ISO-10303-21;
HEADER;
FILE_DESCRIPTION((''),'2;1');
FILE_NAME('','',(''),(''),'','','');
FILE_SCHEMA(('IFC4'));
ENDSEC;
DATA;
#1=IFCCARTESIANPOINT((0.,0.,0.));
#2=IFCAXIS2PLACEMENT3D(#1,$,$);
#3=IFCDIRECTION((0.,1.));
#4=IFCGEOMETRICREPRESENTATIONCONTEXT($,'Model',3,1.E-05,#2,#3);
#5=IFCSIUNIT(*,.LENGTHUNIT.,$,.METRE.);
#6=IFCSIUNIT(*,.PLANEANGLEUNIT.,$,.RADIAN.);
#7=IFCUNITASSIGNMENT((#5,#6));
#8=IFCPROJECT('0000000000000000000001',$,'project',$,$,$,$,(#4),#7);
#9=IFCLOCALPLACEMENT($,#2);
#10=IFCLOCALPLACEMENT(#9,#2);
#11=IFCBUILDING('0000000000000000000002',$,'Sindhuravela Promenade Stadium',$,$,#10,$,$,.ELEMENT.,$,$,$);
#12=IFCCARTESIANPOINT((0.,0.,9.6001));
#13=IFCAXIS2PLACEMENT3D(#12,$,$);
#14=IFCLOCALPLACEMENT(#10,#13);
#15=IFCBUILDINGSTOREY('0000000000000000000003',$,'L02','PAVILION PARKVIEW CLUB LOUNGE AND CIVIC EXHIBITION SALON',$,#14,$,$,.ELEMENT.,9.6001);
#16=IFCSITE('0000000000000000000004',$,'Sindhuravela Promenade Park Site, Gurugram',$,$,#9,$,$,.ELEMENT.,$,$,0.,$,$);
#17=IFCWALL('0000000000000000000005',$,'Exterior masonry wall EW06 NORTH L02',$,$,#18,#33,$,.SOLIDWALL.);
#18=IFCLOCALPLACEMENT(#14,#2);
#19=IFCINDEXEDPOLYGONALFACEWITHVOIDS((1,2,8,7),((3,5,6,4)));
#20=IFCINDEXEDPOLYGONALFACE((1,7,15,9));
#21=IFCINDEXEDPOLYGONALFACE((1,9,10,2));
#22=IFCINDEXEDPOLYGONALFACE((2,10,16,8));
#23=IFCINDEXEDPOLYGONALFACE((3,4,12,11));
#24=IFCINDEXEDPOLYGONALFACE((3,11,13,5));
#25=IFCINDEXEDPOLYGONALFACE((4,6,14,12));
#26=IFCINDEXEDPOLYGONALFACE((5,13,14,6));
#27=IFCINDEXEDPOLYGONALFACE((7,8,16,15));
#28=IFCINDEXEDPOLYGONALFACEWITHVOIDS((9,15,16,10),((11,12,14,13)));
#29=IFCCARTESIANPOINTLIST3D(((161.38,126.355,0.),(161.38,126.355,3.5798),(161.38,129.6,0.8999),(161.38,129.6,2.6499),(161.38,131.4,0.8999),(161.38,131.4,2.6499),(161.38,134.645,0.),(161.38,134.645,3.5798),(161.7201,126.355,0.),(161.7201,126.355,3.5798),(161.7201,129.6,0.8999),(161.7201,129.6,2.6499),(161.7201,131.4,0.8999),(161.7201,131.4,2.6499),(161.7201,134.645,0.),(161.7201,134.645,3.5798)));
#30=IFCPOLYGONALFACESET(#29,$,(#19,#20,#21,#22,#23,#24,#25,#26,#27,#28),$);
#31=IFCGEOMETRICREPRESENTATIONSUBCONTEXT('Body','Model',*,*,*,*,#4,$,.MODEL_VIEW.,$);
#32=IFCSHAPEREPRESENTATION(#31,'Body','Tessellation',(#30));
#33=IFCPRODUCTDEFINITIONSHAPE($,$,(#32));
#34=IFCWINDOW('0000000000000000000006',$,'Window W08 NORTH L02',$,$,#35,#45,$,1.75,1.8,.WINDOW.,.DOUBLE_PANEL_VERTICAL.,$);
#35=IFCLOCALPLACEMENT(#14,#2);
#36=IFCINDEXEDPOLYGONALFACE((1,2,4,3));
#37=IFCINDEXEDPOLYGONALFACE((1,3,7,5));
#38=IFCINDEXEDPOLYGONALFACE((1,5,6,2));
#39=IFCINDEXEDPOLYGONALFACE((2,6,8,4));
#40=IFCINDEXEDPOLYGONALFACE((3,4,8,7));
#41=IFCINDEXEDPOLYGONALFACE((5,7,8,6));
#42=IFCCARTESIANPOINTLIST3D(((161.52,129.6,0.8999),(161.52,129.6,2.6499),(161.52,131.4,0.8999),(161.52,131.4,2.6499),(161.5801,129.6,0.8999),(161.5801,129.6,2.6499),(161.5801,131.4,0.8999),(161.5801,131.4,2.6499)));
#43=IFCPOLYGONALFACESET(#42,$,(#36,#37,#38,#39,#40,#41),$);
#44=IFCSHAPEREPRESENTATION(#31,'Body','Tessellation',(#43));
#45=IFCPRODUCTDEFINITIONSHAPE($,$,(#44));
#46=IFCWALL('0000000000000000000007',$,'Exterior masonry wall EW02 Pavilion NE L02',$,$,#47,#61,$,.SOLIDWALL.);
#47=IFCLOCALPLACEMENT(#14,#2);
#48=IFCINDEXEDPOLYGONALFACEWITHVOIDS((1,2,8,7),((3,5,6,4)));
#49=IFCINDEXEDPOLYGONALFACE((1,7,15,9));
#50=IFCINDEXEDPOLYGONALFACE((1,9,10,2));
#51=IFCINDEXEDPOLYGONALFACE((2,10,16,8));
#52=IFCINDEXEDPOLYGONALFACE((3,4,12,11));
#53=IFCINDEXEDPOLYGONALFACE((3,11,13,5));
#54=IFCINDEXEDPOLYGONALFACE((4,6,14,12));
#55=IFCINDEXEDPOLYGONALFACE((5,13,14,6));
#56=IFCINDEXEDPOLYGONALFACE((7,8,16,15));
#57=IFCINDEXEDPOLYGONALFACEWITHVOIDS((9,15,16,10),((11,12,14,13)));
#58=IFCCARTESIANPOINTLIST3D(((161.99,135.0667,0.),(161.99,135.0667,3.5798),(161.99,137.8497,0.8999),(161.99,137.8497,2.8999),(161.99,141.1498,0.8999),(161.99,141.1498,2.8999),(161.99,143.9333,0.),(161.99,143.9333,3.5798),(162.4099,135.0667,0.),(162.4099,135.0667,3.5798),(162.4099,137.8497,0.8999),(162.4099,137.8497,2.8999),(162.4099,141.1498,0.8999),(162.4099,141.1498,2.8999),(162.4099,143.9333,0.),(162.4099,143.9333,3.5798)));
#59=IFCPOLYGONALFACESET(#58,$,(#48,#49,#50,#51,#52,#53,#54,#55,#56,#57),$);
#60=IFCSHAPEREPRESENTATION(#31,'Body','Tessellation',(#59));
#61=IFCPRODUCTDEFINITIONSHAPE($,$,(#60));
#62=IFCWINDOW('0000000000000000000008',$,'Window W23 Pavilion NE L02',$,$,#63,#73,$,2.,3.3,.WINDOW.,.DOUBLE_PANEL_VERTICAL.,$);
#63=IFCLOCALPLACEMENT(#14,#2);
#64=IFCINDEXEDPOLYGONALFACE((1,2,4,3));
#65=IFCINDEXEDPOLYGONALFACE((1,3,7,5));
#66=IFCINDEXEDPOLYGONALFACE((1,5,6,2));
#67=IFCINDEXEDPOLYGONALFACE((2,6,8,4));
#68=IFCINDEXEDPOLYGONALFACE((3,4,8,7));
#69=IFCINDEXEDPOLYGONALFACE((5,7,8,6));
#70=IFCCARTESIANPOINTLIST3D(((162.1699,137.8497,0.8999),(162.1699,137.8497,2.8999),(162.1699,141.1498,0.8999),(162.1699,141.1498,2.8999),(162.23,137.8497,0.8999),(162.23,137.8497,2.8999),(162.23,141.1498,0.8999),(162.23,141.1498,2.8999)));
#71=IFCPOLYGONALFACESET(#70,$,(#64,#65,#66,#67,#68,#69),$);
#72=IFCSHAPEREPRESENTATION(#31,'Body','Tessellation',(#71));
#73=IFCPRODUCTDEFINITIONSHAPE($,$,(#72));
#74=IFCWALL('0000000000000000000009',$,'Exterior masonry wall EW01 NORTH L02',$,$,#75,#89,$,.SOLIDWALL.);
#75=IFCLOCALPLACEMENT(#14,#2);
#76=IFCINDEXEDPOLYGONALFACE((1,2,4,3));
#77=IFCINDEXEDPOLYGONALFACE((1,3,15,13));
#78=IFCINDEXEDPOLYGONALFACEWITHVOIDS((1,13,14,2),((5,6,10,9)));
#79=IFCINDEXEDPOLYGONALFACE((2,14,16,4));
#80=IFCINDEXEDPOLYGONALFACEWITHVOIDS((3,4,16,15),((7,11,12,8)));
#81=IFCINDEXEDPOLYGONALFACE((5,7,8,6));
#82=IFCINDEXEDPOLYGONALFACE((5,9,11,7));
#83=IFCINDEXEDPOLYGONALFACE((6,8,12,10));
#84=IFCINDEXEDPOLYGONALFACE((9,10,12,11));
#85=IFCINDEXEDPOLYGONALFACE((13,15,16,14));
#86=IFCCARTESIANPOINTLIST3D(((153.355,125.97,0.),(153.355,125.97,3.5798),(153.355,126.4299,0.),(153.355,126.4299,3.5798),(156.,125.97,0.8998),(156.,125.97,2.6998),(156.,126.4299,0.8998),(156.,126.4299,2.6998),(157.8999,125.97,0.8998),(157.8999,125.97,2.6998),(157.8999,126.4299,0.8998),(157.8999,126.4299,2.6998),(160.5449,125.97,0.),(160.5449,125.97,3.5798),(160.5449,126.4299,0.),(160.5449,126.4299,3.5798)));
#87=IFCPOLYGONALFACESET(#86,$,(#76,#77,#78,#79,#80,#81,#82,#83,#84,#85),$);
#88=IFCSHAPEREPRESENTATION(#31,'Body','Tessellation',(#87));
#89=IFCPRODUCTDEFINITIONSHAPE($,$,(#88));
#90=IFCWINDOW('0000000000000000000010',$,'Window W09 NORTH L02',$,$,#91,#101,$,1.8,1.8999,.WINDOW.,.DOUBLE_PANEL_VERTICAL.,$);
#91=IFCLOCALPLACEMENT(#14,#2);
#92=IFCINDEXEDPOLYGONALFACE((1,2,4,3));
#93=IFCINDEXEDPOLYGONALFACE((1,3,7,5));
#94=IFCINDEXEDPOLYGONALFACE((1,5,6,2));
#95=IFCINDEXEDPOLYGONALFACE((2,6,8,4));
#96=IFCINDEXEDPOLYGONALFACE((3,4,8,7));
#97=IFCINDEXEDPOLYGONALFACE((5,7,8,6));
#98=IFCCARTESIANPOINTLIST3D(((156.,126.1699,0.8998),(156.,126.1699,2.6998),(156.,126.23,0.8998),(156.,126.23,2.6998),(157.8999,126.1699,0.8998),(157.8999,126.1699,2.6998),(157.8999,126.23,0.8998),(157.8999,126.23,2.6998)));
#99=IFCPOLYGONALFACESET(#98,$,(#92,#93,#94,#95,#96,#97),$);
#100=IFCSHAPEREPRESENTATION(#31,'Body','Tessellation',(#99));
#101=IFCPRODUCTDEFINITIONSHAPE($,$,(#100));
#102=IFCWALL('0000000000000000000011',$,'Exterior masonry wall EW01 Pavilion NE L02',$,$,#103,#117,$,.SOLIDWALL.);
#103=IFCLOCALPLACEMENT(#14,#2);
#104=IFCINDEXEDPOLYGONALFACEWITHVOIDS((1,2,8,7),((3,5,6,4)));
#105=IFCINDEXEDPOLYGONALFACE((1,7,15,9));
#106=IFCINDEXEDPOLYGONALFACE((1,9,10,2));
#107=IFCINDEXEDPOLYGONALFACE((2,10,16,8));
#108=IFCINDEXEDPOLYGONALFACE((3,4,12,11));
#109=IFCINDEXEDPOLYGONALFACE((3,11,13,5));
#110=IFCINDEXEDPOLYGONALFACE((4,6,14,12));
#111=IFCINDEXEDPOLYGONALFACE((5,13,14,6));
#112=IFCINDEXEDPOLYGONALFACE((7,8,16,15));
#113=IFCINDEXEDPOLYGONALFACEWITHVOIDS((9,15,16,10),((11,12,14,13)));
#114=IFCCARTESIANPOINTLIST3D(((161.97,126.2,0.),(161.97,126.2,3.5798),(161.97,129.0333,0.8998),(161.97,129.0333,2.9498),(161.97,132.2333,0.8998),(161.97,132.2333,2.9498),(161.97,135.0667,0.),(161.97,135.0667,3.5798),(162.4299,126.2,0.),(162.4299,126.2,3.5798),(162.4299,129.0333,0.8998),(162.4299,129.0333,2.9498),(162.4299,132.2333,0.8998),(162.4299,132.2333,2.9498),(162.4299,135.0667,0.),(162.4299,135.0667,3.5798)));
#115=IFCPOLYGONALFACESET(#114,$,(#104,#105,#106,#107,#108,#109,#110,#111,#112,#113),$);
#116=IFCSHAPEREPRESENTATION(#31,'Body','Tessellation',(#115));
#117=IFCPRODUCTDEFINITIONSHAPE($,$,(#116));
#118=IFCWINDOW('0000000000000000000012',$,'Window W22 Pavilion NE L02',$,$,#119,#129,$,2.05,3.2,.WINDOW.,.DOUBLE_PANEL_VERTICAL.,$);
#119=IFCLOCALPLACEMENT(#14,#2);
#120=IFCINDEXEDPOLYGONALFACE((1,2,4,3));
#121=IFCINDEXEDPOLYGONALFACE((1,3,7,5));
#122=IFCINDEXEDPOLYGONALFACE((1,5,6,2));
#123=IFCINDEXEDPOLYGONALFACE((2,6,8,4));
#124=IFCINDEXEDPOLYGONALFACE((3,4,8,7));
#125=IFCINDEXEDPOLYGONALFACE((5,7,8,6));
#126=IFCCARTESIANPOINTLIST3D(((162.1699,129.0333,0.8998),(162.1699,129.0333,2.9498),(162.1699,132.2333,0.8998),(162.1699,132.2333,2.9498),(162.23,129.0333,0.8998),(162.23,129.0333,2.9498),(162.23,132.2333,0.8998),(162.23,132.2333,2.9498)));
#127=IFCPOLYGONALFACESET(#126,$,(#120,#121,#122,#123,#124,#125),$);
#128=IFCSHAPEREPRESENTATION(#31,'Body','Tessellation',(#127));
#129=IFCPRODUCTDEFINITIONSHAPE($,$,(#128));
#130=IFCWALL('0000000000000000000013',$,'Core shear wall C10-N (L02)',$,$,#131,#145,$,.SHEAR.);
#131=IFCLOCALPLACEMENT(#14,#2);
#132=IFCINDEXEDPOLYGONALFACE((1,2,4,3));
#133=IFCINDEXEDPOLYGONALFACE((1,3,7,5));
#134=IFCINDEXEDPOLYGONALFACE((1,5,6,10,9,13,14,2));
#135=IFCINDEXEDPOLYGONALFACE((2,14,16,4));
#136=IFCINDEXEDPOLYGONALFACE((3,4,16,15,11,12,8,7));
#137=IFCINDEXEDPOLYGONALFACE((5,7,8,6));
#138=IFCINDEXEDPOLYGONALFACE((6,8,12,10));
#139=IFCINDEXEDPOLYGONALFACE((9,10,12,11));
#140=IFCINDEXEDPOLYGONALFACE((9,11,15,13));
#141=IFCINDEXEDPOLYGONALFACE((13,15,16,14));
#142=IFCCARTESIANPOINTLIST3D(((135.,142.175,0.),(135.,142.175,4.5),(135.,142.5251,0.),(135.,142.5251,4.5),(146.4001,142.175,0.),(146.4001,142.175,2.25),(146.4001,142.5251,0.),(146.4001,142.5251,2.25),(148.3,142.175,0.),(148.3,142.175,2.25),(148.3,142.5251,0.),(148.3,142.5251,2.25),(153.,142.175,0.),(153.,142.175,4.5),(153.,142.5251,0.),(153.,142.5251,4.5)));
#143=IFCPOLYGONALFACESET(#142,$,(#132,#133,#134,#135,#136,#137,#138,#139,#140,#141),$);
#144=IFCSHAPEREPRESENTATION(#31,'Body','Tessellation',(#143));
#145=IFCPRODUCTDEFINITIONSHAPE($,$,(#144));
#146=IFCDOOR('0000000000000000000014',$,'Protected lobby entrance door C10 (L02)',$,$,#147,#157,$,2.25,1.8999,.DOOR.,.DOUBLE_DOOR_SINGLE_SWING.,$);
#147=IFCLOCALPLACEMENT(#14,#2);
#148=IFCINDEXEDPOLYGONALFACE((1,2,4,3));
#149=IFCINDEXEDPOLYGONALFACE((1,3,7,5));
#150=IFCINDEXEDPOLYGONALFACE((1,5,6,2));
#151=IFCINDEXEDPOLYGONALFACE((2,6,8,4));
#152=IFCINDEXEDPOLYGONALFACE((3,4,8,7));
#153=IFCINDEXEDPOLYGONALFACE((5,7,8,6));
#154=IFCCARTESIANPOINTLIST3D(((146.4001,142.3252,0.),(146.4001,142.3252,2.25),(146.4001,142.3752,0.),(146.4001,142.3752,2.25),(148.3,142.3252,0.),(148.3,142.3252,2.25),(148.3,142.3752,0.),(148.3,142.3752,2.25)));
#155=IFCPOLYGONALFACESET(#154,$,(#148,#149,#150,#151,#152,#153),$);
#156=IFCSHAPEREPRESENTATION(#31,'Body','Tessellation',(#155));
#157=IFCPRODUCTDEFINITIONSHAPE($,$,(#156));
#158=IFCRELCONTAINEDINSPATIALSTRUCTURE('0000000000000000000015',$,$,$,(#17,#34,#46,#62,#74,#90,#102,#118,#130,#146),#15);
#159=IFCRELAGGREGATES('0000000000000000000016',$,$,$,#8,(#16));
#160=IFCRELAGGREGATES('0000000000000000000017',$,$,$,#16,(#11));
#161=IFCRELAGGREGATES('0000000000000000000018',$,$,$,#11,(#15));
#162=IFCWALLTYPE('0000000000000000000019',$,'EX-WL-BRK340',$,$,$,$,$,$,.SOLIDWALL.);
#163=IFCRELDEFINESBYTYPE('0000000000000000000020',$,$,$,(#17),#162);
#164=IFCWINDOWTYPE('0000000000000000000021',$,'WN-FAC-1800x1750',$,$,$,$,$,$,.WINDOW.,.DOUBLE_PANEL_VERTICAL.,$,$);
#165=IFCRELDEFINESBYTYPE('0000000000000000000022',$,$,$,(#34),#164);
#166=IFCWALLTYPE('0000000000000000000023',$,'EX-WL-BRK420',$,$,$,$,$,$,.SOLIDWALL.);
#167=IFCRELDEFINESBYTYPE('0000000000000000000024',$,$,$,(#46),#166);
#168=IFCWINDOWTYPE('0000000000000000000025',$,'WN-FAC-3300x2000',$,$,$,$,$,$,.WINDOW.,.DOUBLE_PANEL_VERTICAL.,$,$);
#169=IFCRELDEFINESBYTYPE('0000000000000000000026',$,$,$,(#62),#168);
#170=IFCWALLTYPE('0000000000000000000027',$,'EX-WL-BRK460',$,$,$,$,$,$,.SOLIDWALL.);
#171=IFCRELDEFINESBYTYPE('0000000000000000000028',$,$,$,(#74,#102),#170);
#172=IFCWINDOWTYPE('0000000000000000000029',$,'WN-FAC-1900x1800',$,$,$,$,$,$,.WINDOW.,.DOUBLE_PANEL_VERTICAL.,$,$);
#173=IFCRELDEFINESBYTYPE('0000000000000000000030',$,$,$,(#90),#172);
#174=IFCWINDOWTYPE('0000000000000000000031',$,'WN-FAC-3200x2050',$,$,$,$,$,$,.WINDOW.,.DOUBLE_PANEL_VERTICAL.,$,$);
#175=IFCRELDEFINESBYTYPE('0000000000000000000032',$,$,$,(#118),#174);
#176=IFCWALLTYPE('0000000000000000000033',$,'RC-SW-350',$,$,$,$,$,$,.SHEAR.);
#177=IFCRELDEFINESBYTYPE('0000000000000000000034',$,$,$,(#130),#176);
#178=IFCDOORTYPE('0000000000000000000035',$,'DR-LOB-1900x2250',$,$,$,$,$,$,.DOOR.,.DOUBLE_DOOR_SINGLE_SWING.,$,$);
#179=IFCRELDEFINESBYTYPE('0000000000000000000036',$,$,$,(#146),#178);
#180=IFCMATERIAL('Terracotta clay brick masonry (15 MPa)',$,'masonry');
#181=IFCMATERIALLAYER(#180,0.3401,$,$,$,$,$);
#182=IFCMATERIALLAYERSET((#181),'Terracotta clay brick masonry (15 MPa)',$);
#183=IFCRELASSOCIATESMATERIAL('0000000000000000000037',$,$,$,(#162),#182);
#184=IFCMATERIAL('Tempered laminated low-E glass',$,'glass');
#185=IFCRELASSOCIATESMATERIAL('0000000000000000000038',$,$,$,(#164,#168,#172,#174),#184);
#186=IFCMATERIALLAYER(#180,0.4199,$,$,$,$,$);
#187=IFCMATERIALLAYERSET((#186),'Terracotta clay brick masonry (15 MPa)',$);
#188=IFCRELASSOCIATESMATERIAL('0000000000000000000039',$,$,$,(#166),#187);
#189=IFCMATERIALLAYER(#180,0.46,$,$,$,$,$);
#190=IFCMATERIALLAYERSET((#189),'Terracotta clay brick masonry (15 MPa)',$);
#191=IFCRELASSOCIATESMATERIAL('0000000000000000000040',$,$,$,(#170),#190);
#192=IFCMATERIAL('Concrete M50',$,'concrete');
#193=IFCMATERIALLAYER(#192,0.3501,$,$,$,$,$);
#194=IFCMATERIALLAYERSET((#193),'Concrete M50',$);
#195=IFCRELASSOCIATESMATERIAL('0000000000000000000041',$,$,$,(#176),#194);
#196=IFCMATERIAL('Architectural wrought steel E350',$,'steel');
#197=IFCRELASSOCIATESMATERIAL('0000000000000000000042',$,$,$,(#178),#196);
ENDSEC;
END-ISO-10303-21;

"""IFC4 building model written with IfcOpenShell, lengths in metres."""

from ifc_helpers import new_model, si_unit, direction, frame, frame_2d, origin, place, context, subcontext, project, spatial, rectangle, extrude, material, layer, layer_set, type_object, element, fill, save


model = new_model("IFC4")

# Units and contexts
model_context = context("Model", 3, precision=1e-05, world=origin(), true_north=direction((0.0, 1.0)))
body_context = subcontext(model_context, "Body", "Model", "MODEL_VIEW")
ifc_project = project(units=[si_unit("LENGTHUNIT", "METRE"), si_unit("PLANEANGLEUNIT", "RADIAN")], contexts=[model_context])

# Site, building, storey
site_placement = place(None, origin())
site = spatial("IfcSite", under=ifc_project, at=site_placement, Name="Sindhuravela Promenade Park Site, Gurugram", CompositionType="ELEMENT", RefElevation=0.0)
building_placement = place(site_placement, origin())
building = spatial("IfcBuilding", under=site, at=building_placement, Name="Sindhuravela Promenade Stadium", CompositionType="ELEMENT")
storey_placement = place(building_placement, frame((0.0, 0.0, 9.6001)))
storey = spatial("IfcBuildingStorey", under=building, at=storey_placement, Name="L02", Description="PAVILION PARKVIEW CLUB LOUNGE AND CIVIC EXHIBITION SALON", CompositionType="ELEMENT", Elevation=9.6001)

# Walls, openings, windows
ifc_material_1 = material(Name="Terracotta clay brick masonry (15 MPa)", Category="masonry")
ifc_layer_1 = layer(ifc_material_1, 0.3401)
ifc_layer_set_1 = layer_set([ifc_layer_1], Name="Terracotta clay brick masonry (15 MPa)")
wall_type_1 = type_object("IfcWallType", Name="EX-WL-BRK340", PredefinedType="SOLIDWALL", material=ifc_layer_set_1)
wall_1_placement = place(storey_placement, frame((161.55, 134.645, 0.0), z_axis=(0.0, 0.0, 1.0), x_axis=(0.0, -1.0, 0.0)))
wall_1 = element("IfcWall", 1, at=wall_1_placement, inside=storey, type_object=wall_type_1, Name="Exterior masonry wall EW06 NORTH L02", PredefinedType="SOLIDWALL", context=body_context, shape_type="SweptSolid", body=[
    extrude(rectangle(XDim=8.29, YDim=0.3401, at=frame_2d((4.145, 0.0))), origin(), (0.0, 0.0, 1.0), 3.5798),
])
opening_1_placement = place(wall_1_placement, frame((3.2451, 0.0, 0.8999)))
opening_1 = element("IfcOpeningElement", 2, at=opening_1_placement, cuts=wall_1, PredefinedType="OPENING", context=body_context, shape_type="SweptSolid", body=[
    extrude(rectangle(XDim=1.8, YDim=1.75, at=frame_2d((0.8999, 0.875))), frame((0.0, 0.1799, 0.0), z_axis=(0.0, -1.0, 0.0), x_axis=(1.0, 0.0, 0.0)), (0.0, 0.0, 1.0), 0.3601),
])
ifc_material_2 = material(Name="Tempered laminated low-E glass", Category="glass")
window_type_1 = type_object("IfcWindowType", Name="WN-FAC-1800x1750", PartitioningType="DOUBLE_PANEL_VERTICAL", PredefinedType="WINDOW", material=ifc_material_2)
window_1_placement = place(opening_1_placement, origin())
window_1 = element("IfcWindow", 3, at=window_1_placement, inside=storey, type_object=window_type_1, Name="Window W08 NORTH L02", OverallHeight=1.75, OverallWidth=1.8, PartitioningType="DOUBLE_PANEL_VERTICAL", PredefinedType="WINDOW", context=body_context, shape_type="SweptSolid", body=[
    extrude(rectangle(XDim=1.8, YDim=1.75, at=frame_2d((0.8999, 0.875))), frame((0.0, 0.03, 0.0), z_axis=(0.0, -1.0, 0.0), x_axis=(1.0, 0.0, 0.0)), (0.0, 0.0, 1.0), 0.0601),
])
fill(opening_1, window_1)
ifc_layer_2 = layer(ifc_material_1, 0.4199)
ifc_layer_set_2 = layer_set([ifc_layer_2], Name="Terracotta clay brick masonry (15 MPa)")
wall_type_2 = type_object("IfcWallType", Name="EX-WL-BRK420", PredefinedType="SOLIDWALL", material=ifc_layer_set_2)
wall_2_placement = place(storey_placement, frame((162.2, 135.0667, 0.0), z_axis=(0.0, 0.0, 1.0), x_axis=(0.0, 1.0, 0.0)))
wall_2 = element("IfcWall", 4, at=wall_2_placement, inside=storey, type_object=wall_type_2, Name="Exterior masonry wall EW02 Pavilion NE L02", PredefinedType="SOLIDWALL", context=body_context, shape_type="SweptSolid", body=[
    extrude(rectangle(XDim=8.8667, YDim=0.4199, at=frame_2d((4.4333, 0.0))), origin(), (0.0, 0.0, 1.0), 3.5798),
])
opening_2_placement = place(wall_2_placement, frame((2.7832, 0.0, 0.8999)))
opening_2 = element("IfcOpeningElement", 5, at=opening_2_placement, cuts=wall_2, PredefinedType="OPENING", context=body_context, shape_type="SweptSolid", body=[
    extrude(rectangle(XDim=3.3, YDim=2.0, at=frame_2d((1.6499, 1.0))), frame((0.0, 0.22, 0.0), z_axis=(0.0, -1.0, 0.0), x_axis=(1.0, 0.0, 0.0)), (0.0, 0.0, 1.0), 0.4399),
])
window_type_2 = type_object("IfcWindowType", Name="WN-FAC-3300x2000", PartitioningType="DOUBLE_PANEL_VERTICAL", PredefinedType="WINDOW", material=ifc_material_2)
window_2_placement = place(opening_2_placement, origin())
window_2 = element("IfcWindow", 6, at=window_2_placement, inside=storey, type_object=window_type_2, Name="Window W23 Pavilion NE L02", OverallHeight=2.0, OverallWidth=3.3, PartitioningType="DOUBLE_PANEL_VERTICAL", PredefinedType="WINDOW", context=body_context, shape_type="SweptSolid", body=[
    extrude(rectangle(XDim=3.3, YDim=2.0, at=frame_2d((1.6499, 1.0))), frame((0.0, 0.03, 0.0), z_axis=(0.0, -1.0, 0.0), x_axis=(1.0, 0.0, 0.0)), (0.0, 0.0, 1.0), 0.0601),
])
fill(opening_2, window_2)
ifc_layer_3 = layer(ifc_material_1, 0.46)
ifc_layer_set_3 = layer_set([ifc_layer_3], Name="Terracotta clay brick masonry (15 MPa)")
wall_type_3 = type_object("IfcWallType", Name="EX-WL-BRK460", PredefinedType="SOLIDWALL", material=ifc_layer_set_3)
wall_3_placement = place(storey_placement, frame((160.5449, 126.2, 0.0), z_axis=(0.0, 0.0, 1.0), x_axis=(-1.0, 0.0, 0.0)))
wall_3 = element("IfcWall", 7, at=wall_3_placement, inside=storey, type_object=wall_type_3, Name="Exterior masonry wall EW01 NORTH L02", PredefinedType="SOLIDWALL", context=body_context, shape_type="SweptSolid", body=[
    extrude(rectangle(XDim=7.1899, YDim=0.46, at=frame_2d((3.595, 0.0))), origin(), (0.0, 0.0, 1.0), 3.5798),
])
opening_3_placement = place(wall_3_placement, frame((2.645, 0.0, 0.8999)))
opening_3 = element("IfcOpeningElement", 8, at=opening_3_placement, cuts=wall_3, PredefinedType="OPENING", context=body_context, shape_type="SweptSolid", body=[
    extrude(rectangle(XDim=1.8999, YDim=1.8, at=frame_2d((0.95, 0.8999))), frame((0.0, 0.24, 0.0), z_axis=(0.0, -1.0, 0.0), x_axis=(1.0, 0.0, 0.0)), (0.0, 0.0, 1.0), 0.48),
])
window_type_3 = type_object("IfcWindowType", Name="WN-FAC-1900x1800", PartitioningType="DOUBLE_PANEL_VERTICAL", PredefinedType="WINDOW", material=ifc_material_2)
window_3_placement = place(opening_3_placement, origin())
window_3 = element("IfcWindow", 9, at=window_3_placement, inside=storey, type_object=window_type_3, Name="Window W09 NORTH L02", OverallHeight=1.8, OverallWidth=1.8999, PartitioningType="DOUBLE_PANEL_VERTICAL", PredefinedType="WINDOW", context=body_context, shape_type="SweptSolid", body=[
    extrude(rectangle(XDim=1.8999, YDim=1.8, at=frame_2d((0.95, 0.8999))), frame((0.0, 0.03, 0.0), z_axis=(0.0, -1.0, 0.0), x_axis=(1.0, 0.0, 0.0)), (0.0, 0.0, 1.0), 0.0601),
])
fill(opening_3, window_3)
wall_4_placement = place(storey_placement, frame((162.2, 126.2, 0.0), z_axis=(0.0, 0.0, 1.0), x_axis=(0.0, 1.0, 0.0)))
wall_4 = element("IfcWall", 10, at=wall_4_placement, inside=storey, type_object=wall_type_3, Name="Exterior masonry wall EW01 Pavilion NE L02", PredefinedType="SOLIDWALL", context=body_context, shape_type="SweptSolid", body=[
    extrude(rectangle(XDim=8.8667, YDim=0.46, at=frame_2d((4.4333, 0.0))), origin(), (0.0, 0.0, 1.0), 3.5798),
])
opening_4_placement = place(wall_4_placement, frame((2.8333, 0.0, 0.8999)))
opening_4 = element("IfcOpeningElement", 11, at=opening_4_placement, cuts=wall_4, PredefinedType="OPENING", context=body_context, shape_type="SweptSolid", body=[
    extrude(rectangle(XDim=3.2, YDim=2.05, at=frame_2d((1.6001, 1.0249))), frame((0.0, 0.24, 0.0), z_axis=(0.0, -1.0, 0.0), x_axis=(1.0, 0.0, 0.0)), (0.0, 0.0, 1.0), 0.48),
])
window_type_4 = type_object("IfcWindowType", Name="WN-FAC-3200x2050", PartitioningType="DOUBLE_PANEL_VERTICAL", PredefinedType="WINDOW", material=ifc_material_2)
window_4_placement = place(opening_4_placement, origin())
window_4 = element("IfcWindow", 12, at=window_4_placement, inside=storey, type_object=window_type_4, Name="Window W22 Pavilion NE L02", OverallHeight=2.05, OverallWidth=3.2, PartitioningType="DOUBLE_PANEL_VERTICAL", PredefinedType="WINDOW", context=body_context, shape_type="SweptSolid", body=[
    extrude(rectangle(XDim=3.2, YDim=2.05, at=frame_2d((1.6001, 1.0249))), frame((0.0, 0.03, 0.0), z_axis=(0.0, -1.0, 0.0), x_axis=(1.0, 0.0, 0.0)), (0.0, 0.0, 1.0), 0.0601),
])
fill(opening_4, window_4)

# Wall, opening, door
ifc_material_3 = material(Name="Concrete M50", Category="concrete")
ifc_layer_4 = layer(ifc_material_3, 0.3501)
ifc_layer_set_4 = layer_set([ifc_layer_4], Name="Concrete M50")
wall_type_4 = type_object("IfcWallType", Name="RC-SW-350", PredefinedType="SHEAR", material=ifc_layer_set_4)
wall_5_placement = place(storey_placement, frame((153.0, 142.3501, 0.0), z_axis=(0.0, 0.0, 1.0), x_axis=(-1.0, 0.0, 0.0)))
wall_5 = element("IfcWall", 13, at=wall_5_placement, inside=storey, type_object=wall_type_4, Name="Core shear wall C10-N (L02)", PredefinedType="SHEAR", context=body_context, shape_type="SweptSolid", body=[
    extrude(rectangle(XDim=18.0, YDim=0.3501, at=frame_2d((9.0, 0.0))), origin(), (0.0, 0.0, 1.0), 4.5),
])
opening_5_placement = place(wall_5_placement, frame((4.7, 0.0, 0.0)))
opening_5 = element("IfcOpeningElement", 14, at=opening_5_placement, cuts=wall_5, PredefinedType="OPENING", context=body_context, shape_type="SweptSolid", body=[
    extrude(rectangle(XDim=1.8999, YDim=2.25, at=frame_2d((0.95, 1.125))), frame((0.0, 0.1851, 0.0), z_axis=(0.0, -1.0, 0.0), x_axis=(1.0, 0.0, 0.0)), (0.0, 0.0, 1.0), 0.3701),
])
ifc_material_4 = material(Name="Architectural wrought steel E350", Category="steel")
door_type = type_object("IfcDoorType", Name="DR-LOB-1900x2250", OperationType="DOUBLE_DOOR_SINGLE_SWING", PredefinedType="DOOR", material=ifc_material_4)
door_placement = place(opening_5_placement, origin())
door = element("IfcDoor", 15, at=door_placement, inside=storey, type_object=door_type, Name="Protected lobby entrance door C10 (L02)", OperationType="DOUBLE_DOOR_SINGLE_SWING", OverallHeight=2.25, OverallWidth=1.8999, PredefinedType="DOOR", context=body_context, shape_type="SweptSolid", body=[
    extrude(rectangle(XDim=1.8999, YDim=2.25, at=frame_2d((0.95, 1.125))), frame((0.0, 0.0249, 0.0), z_axis=(0.0, -1.0, 0.0), x_axis=(1.0, 0.0, 0.0)), (0.0, 0.0, 1.0), 0.05),
])
fill(opening_5, door)

save(model, "model.ifc")
